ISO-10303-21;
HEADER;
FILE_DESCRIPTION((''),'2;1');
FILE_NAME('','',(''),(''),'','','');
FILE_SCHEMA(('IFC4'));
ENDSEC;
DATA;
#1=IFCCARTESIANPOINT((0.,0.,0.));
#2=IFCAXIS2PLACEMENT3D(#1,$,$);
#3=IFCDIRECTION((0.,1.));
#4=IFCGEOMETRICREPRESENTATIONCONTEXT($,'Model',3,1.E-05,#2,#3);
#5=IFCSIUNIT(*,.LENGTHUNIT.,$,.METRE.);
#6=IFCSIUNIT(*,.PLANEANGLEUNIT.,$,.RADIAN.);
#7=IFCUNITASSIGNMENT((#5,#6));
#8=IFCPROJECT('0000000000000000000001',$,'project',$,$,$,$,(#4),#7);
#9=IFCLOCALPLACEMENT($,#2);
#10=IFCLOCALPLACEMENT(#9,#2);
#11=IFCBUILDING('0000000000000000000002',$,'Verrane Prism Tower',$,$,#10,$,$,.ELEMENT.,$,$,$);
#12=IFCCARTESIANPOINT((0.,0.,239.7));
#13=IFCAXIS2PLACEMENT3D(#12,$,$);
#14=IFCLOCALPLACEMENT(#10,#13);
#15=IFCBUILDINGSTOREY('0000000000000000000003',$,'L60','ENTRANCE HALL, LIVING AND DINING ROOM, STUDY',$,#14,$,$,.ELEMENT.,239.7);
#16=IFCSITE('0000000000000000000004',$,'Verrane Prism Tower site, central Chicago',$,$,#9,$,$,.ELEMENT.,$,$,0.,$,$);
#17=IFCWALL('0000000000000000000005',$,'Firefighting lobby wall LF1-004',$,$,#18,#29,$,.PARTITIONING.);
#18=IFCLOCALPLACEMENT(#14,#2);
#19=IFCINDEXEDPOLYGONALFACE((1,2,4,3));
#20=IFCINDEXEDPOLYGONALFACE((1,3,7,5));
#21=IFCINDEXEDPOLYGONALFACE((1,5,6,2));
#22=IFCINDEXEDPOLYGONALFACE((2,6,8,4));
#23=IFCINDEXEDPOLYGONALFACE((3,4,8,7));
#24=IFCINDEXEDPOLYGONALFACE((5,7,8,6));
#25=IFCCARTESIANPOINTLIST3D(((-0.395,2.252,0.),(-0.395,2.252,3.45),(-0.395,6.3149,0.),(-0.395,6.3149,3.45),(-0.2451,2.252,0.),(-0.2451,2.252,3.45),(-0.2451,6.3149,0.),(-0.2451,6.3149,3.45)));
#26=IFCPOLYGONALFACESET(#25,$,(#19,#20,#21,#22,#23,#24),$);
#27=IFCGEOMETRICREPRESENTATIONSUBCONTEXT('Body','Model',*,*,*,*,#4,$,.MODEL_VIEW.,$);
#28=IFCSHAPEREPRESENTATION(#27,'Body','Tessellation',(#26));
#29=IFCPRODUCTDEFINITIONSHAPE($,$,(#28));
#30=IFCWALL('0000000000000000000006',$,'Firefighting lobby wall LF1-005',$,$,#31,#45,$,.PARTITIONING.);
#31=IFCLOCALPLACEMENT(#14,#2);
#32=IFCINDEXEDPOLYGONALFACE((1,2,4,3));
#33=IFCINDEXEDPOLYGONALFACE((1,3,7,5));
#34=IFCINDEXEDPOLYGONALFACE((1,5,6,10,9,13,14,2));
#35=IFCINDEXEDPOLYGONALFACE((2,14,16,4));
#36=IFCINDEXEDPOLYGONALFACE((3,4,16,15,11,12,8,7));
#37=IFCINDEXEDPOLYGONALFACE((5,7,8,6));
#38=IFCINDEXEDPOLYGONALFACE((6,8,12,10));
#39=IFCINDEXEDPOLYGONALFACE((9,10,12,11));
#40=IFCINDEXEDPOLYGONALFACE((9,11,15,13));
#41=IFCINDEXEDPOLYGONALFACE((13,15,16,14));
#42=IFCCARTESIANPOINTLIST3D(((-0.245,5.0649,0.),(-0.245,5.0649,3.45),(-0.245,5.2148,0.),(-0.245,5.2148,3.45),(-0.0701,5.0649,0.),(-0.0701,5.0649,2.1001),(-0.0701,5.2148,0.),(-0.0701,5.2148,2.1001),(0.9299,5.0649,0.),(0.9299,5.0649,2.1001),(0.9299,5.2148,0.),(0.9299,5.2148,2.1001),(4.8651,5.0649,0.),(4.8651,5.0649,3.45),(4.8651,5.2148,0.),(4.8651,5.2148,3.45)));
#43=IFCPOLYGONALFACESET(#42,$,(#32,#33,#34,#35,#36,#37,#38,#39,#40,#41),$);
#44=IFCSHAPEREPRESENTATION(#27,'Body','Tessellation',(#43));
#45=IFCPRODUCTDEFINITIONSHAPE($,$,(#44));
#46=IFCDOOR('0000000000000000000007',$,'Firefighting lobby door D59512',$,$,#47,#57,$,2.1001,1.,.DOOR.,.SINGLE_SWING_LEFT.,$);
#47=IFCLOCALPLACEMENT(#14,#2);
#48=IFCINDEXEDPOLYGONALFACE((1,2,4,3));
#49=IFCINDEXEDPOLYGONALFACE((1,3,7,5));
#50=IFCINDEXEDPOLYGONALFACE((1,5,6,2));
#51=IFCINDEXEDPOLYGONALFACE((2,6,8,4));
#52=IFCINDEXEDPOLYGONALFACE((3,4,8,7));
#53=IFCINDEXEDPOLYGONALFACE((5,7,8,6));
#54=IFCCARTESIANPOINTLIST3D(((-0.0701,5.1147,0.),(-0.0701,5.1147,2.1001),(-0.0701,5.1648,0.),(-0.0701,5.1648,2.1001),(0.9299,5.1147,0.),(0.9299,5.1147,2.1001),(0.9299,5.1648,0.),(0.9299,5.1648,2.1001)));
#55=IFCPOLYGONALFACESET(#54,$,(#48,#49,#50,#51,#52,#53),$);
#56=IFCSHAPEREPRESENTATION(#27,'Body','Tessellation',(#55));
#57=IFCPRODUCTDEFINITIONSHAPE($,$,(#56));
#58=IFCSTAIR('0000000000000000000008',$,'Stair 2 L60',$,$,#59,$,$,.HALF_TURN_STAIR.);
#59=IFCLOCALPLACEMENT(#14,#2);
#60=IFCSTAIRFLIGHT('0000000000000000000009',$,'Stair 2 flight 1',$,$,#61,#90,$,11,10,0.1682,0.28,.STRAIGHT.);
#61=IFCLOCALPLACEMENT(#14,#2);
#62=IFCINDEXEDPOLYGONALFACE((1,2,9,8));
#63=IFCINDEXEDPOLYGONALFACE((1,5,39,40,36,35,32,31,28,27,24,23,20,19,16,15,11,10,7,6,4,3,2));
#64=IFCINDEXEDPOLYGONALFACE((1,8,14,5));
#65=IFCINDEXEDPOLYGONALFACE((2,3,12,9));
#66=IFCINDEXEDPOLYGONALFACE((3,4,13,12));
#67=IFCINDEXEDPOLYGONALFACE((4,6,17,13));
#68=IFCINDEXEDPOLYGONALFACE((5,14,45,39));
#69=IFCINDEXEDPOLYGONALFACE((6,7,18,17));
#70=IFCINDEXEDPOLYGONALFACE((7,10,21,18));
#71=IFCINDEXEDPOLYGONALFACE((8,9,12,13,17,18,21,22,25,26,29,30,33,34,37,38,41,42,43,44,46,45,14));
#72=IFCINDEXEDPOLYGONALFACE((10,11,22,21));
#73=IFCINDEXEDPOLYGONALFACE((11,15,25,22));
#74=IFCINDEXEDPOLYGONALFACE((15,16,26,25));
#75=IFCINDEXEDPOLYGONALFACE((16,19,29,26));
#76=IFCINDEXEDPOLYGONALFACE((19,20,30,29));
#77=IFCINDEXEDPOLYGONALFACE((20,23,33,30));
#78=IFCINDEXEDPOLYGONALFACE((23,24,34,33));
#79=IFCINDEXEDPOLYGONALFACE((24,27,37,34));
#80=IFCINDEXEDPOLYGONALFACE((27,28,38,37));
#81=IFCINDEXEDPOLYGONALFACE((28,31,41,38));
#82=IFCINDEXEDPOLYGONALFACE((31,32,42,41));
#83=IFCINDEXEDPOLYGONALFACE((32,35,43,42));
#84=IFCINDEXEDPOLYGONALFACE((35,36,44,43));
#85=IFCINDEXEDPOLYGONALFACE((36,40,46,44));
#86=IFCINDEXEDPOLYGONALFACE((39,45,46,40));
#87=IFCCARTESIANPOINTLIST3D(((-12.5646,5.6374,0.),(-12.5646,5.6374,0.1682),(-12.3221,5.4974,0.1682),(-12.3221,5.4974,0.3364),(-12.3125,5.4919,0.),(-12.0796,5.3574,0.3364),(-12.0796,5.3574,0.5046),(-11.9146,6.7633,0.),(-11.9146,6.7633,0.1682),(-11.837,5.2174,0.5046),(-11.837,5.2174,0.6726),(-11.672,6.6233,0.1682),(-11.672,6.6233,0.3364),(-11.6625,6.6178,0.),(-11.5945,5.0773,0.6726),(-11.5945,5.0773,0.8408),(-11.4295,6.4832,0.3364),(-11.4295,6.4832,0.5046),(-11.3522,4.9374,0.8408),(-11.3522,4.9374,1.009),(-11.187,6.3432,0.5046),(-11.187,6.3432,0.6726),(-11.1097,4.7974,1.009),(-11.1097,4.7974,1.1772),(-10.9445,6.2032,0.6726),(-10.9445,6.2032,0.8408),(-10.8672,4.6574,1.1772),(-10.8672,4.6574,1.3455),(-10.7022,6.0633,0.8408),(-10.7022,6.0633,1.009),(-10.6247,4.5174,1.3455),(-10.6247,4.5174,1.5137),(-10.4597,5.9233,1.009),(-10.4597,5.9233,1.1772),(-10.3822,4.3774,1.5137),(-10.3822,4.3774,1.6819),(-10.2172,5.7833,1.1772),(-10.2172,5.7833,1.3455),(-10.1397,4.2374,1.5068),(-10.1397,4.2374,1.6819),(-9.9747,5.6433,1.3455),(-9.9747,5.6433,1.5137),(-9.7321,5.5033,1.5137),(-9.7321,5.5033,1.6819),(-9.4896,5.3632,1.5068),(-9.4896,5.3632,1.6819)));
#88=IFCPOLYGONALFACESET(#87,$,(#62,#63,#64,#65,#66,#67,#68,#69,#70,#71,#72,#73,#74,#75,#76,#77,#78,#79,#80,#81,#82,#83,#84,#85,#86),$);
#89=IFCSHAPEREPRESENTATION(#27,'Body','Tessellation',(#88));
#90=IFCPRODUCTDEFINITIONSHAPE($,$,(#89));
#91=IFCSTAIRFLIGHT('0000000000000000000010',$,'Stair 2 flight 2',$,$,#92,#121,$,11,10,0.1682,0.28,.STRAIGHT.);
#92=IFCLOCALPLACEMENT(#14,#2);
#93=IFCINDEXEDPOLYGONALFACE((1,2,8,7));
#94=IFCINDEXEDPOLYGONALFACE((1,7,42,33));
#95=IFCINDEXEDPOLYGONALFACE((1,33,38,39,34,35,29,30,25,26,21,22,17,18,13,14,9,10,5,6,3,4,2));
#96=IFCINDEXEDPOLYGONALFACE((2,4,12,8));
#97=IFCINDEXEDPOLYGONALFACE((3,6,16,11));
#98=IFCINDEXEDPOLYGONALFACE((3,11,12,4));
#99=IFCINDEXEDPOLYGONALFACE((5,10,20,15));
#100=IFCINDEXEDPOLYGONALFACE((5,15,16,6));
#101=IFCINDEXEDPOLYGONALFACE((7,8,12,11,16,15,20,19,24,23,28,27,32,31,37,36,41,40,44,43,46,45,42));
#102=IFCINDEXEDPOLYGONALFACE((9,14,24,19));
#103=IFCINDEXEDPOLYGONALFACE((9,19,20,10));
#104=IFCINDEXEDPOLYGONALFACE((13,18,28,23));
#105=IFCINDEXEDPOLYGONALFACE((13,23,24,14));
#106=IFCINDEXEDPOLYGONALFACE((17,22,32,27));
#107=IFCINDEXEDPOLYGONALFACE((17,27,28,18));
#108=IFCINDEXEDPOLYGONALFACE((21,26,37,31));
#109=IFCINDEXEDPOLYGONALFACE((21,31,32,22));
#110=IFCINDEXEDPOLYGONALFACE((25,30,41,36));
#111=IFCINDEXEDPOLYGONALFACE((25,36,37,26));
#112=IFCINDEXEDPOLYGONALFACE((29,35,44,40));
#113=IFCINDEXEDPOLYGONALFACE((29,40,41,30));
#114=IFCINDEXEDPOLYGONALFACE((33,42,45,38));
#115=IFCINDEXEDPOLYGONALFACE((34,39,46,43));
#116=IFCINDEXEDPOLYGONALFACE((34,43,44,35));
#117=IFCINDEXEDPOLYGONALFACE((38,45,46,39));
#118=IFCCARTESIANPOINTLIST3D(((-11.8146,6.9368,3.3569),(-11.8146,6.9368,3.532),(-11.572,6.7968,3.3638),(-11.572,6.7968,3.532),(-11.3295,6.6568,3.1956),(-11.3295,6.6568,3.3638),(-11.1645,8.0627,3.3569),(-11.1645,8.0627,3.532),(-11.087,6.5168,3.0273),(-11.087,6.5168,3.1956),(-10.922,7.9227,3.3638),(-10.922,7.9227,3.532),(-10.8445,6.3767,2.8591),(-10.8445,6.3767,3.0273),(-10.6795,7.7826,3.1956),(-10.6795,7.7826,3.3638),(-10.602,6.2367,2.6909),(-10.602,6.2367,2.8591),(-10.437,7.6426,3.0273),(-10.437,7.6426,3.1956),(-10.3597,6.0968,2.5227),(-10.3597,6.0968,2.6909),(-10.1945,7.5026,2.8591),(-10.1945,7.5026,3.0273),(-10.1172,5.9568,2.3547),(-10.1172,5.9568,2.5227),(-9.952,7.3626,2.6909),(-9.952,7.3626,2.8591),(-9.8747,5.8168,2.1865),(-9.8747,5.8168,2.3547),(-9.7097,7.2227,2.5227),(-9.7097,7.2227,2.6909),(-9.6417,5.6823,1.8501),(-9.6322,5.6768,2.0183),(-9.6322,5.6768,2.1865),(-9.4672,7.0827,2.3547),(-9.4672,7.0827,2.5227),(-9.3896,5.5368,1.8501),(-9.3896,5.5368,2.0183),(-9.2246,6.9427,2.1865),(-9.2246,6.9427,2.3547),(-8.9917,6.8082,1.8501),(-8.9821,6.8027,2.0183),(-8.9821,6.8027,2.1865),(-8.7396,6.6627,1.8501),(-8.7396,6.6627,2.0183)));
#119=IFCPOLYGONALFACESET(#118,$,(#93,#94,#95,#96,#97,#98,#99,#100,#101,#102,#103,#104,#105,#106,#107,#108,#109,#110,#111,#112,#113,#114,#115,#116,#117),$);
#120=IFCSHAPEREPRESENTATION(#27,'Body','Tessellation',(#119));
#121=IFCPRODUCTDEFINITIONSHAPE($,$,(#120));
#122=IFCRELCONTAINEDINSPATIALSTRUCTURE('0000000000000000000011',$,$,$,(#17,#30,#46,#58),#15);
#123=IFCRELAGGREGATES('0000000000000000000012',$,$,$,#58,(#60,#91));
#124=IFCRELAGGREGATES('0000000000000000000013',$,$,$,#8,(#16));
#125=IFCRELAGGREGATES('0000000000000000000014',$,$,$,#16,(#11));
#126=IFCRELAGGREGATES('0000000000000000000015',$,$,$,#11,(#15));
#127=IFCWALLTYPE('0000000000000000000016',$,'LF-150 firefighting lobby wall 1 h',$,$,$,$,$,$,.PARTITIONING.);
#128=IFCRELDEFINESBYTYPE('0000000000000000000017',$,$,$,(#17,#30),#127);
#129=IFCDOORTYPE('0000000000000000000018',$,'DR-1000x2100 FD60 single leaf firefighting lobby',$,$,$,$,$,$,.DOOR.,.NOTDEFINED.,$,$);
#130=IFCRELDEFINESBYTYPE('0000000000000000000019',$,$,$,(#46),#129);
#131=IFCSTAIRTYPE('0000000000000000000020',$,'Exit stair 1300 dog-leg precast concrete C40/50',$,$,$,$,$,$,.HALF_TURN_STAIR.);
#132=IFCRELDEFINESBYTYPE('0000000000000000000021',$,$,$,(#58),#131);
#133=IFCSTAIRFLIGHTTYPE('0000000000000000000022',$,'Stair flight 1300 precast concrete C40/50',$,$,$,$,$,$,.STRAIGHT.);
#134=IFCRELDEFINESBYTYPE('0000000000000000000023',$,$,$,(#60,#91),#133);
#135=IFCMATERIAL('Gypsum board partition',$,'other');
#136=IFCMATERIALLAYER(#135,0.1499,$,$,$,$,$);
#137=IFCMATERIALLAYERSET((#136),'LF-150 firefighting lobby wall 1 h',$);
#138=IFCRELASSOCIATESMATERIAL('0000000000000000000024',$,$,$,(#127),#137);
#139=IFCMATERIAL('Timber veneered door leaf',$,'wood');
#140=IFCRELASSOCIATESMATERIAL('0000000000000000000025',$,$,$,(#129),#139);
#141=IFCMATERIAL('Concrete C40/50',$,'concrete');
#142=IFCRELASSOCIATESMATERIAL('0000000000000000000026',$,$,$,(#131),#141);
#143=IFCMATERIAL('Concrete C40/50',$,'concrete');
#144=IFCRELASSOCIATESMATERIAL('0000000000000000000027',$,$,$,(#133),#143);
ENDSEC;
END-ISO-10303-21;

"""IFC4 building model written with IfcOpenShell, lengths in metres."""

from ifc_helpers import new_model, si_unit, direction, frame, frame_2d, origin, place, context, subcontext, project, spatial, polyline, rectangle, outline, extrude, material, layer, layer_set, type_object, element, fill, aggregate, save


model = new_model("IFC4")

# Units and contexts
model_context = context("Model", 3, precision=1e-05, world=origin(), true_north=direction((0.0, 1.0)))
body_context = subcontext(model_context, "Body", "Model", "MODEL_VIEW")
ifc_project = project(units=[si_unit("LENGTHUNIT", "METRE"), si_unit("PLANEANGLEUNIT", "RADIAN")], contexts=[model_context])

# Site, building, storey
site_placement = place(None, origin())
site = spatial("IfcSite", under=ifc_project, at=site_placement, Name="Verrane Prism Tower site, central Chicago", CompositionType="ELEMENT", RefElevation=0.0)
building_placement = place(site_placement, origin())
building = spatial("IfcBuilding", under=site, at=building_placement, Name="Verrane Prism Tower", CompositionType="ELEMENT")
storey_placement = place(building_placement, frame((0.0, 0.0, 239.7)))
storey = spatial("IfcBuildingStorey", under=building, at=storey_placement, Name="L60", Description="ENTRANCE HALL, LIVING AND DINING ROOM, STUDY", CompositionType="ELEMENT", Elevation=239.7)

# Shared definitions
ifc_material_1 = material(Name="Gypsum board partition", Category="other")
ifc_layer_1 = layer(ifc_material_1, 0.1499)
ifc_layer_set_1 = layer_set([ifc_layer_1], Name="LF-150 firefighting lobby wall 1 h")
wall_type_1 = type_object("IfcWallType", Name="LF-150 firefighting lobby wall 1 h", PredefinedType="PARTITIONING", material=ifc_layer_set_1)

# Shared definitions
ifc_material_2 = material(Name="Timber veneered door leaf", Category="wood")
door_type_1 = type_object("IfcDoorType", Name="DR-1000x2100 FD60 single leaf firefighting lobby", OperationType="NOTDEFINED", PredefinedType="DOOR", material=ifc_material_2)

# Wall
wall_1_placement = place(storey_placement, frame((-0.3201, 2.252, 0.0), z_axis=(0.0, 0.0, 1.0), x_axis=(0.0, 1.0, 0.0)))
element("IfcWall", 1, at=wall_1_placement, inside=storey, type_object=wall_type_1, Name="Firefighting lobby wall LF1-004", PredefinedType="PARTITIONING", context=body_context, shape_type="SweptSolid", body=[
    extrude(rectangle(XDim=4.063, YDim=0.1499, at=frame_2d((2.0315, 0.0))), origin(), (0.0, 0.0, 1.0), 3.45),
])

# Wall, opening, door
wall_2_placement = place(storey_placement, frame((-0.2451, 5.1399, 0.0), z_axis=(0.0, 0.0, 1.0), x_axis=(1.0, 0.0, 0.0)))
wall_2 = element("IfcWall", 2, at=wall_2_placement, inside=storey, type_object=wall_type_1, Name="Firefighting lobby wall LF1-005", PredefinedType="PARTITIONING", context=body_context, shape_type="SweptSolid", body=[
    extrude(rectangle(XDim=5.1101, YDim=0.1499, at=frame_2d((2.5552, 0.0))), origin(), (0.0, 0.0, 1.0), 3.45),
])
opening_1_placement = place(wall_2_placement, frame((0.175, 0.0, 0.0)))
opening_1 = element("IfcOpeningElement", 3, at=opening_1_placement, cuts=wall_2, PredefinedType="OPENING", context=body_context, shape_type="SweptSolid", body=[
    extrude(rectangle(XDim=1.0, YDim=2.1001, at=frame_2d((0.5, 1.05))), frame((0.0, 0.085, 0.0), z_axis=(0.0, -1.0, 0.0), x_axis=(1.0, 0.0, 0.0)), (0.0, 0.0, 1.0), 0.1699),
])
door_1_placement = place(opening_1_placement, origin())
door_1 = element("IfcDoor", 4, at=door_1_placement, inside=storey, type_object=door_type_1, Name="Firefighting lobby door D59512", OperationType="SINGLE_SWING_LEFT", OverallHeight=2.1001, OverallWidth=1.0, PredefinedType="DOOR", context=body_context, shape_type="SweptSolid", body=[
    extrude(rectangle(XDim=1.0, YDim=2.1001, at=frame_2d((0.5, 1.05))), frame((0.0, 0.0249, 0.0), z_axis=(0.0, -1.0, 0.0), x_axis=(1.0, 0.0, 0.0)), (0.0, 0.0, 1.0), 0.05),
])
fill(opening_1, door_1)

# Stair, stair flights
ifc_material_3 = material(Name="Concrete C40/50", Category="concrete")
stair_type = type_object("IfcStairType", Name="Exit stair 1300 dog-leg precast concrete C40/50", PredefinedType="HALF_TURN_STAIR", material=ifc_material_3)
stair_placement = place(storey_placement, origin())
stair = element("IfcStair", 5, at=stair_placement, inside=storey, type_object=stair_type, Name="Stair 2 L60", PredefinedType="HALF_TURN_STAIR")
ifc_material_4 = material(Name="Concrete C40/50", Category="concrete")
stair_flight_type = type_object("IfcStairFlightType", Name="Stair flight 1300 precast concrete C40/50", PredefinedType="STRAIGHT", material=ifc_material_4)
stair_flight_1_placement = place(storey_placement, frame((-12.2395, 6.2004, 0.0), z_axis=(0.0, 0.0, 1.0), x_axis=(0.866025, -0.5, 0.0)))
stair_flight_1 = element("IfcStairFlight", 6, at=stair_flight_1_placement, type_object=stair_flight_type, Name="Stair 2 flight 1", NumberOfRisers=11, NumberOfTreads=10, PredefinedType="STRAIGHT", RiserHeight=0.1682, TreadLength=0.28, context=body_context, shape_type="SweptSolid", body=[
    extrude(outline(polyline([(0.0, 0.0), (0.0, 0.1682), (0.28, 0.1682), (0.28, 0.3364), (0.5601, 0.3364), (0.5601, 0.5046), (0.8401, 0.5046), (0.8401, 0.6726), (1.1201, 0.6726), (1.1201, 0.8408), (1.3999, 0.8408), (1.3999, 1.009), (1.6799, 1.009), (1.6799, 1.1772), (1.96, 1.1772), (1.96, 1.3455), (2.24, 1.3455), (2.24, 1.5137), (2.52, 1.5137), (2.52, 1.6819), (2.8, 1.6819), (2.8, 1.8501), (2.8, 1.5068), (0.291, 0.0), (0.0, 0.0)])), frame((0.0, 0.6499, 0.0), z_axis=(0.0, -1.0, 0.0), x_axis=(1.0, 0.0, 0.0)), (0.0, 0.0, 1.0), 1.3),
])
stair_flight_2_placement = place(storey_placement, frame((-9.0647, 6.0996, 1.8501), z_axis=(0.0, 0.0, 1.0), x_axis=(-0.866025, 0.5, 0.0)))
stair_flight_2 = element("IfcStairFlight", 7, at=stair_flight_2_placement, type_object=stair_flight_type, Name="Stair 2 flight 2", NumberOfRisers=11, NumberOfTreads=10, PredefinedType="STRAIGHT", RiserHeight=0.1682, TreadLength=0.28, context=body_context, shape_type="SweptSolid", body=[
    extrude(outline(polyline([(0.0, 0.0), (0.0, 0.1682), (0.28, 0.1682), (0.28, 0.3364), (0.5601, 0.3364), (0.5601, 0.5046), (0.8401, 0.5046), (0.8401, 0.6726), (1.1201, 0.6726), (1.1201, 0.8408), (1.3999, 0.8408), (1.3999, 1.009), (1.6799, 1.009), (1.6799, 1.1772), (1.96, 1.1772), (1.96, 1.3455), (2.24, 1.3455), (2.24, 1.5137), (2.52, 1.5137), (2.52, 1.6819), (2.8, 1.6819), (2.8, 1.8501), (2.8, 1.5068), (0.291, 0.0), (0.0, 0.0)])), frame((0.0, 0.6499, 0.0), z_axis=(0.0, -1.0, 0.0), x_axis=(1.0, 0.0, 0.0)), (0.0, 0.0, 1.0), 1.3),
])
aggregate(stair, [stair_flight_1, stair_flight_2])

save(model, "model.ifc")
